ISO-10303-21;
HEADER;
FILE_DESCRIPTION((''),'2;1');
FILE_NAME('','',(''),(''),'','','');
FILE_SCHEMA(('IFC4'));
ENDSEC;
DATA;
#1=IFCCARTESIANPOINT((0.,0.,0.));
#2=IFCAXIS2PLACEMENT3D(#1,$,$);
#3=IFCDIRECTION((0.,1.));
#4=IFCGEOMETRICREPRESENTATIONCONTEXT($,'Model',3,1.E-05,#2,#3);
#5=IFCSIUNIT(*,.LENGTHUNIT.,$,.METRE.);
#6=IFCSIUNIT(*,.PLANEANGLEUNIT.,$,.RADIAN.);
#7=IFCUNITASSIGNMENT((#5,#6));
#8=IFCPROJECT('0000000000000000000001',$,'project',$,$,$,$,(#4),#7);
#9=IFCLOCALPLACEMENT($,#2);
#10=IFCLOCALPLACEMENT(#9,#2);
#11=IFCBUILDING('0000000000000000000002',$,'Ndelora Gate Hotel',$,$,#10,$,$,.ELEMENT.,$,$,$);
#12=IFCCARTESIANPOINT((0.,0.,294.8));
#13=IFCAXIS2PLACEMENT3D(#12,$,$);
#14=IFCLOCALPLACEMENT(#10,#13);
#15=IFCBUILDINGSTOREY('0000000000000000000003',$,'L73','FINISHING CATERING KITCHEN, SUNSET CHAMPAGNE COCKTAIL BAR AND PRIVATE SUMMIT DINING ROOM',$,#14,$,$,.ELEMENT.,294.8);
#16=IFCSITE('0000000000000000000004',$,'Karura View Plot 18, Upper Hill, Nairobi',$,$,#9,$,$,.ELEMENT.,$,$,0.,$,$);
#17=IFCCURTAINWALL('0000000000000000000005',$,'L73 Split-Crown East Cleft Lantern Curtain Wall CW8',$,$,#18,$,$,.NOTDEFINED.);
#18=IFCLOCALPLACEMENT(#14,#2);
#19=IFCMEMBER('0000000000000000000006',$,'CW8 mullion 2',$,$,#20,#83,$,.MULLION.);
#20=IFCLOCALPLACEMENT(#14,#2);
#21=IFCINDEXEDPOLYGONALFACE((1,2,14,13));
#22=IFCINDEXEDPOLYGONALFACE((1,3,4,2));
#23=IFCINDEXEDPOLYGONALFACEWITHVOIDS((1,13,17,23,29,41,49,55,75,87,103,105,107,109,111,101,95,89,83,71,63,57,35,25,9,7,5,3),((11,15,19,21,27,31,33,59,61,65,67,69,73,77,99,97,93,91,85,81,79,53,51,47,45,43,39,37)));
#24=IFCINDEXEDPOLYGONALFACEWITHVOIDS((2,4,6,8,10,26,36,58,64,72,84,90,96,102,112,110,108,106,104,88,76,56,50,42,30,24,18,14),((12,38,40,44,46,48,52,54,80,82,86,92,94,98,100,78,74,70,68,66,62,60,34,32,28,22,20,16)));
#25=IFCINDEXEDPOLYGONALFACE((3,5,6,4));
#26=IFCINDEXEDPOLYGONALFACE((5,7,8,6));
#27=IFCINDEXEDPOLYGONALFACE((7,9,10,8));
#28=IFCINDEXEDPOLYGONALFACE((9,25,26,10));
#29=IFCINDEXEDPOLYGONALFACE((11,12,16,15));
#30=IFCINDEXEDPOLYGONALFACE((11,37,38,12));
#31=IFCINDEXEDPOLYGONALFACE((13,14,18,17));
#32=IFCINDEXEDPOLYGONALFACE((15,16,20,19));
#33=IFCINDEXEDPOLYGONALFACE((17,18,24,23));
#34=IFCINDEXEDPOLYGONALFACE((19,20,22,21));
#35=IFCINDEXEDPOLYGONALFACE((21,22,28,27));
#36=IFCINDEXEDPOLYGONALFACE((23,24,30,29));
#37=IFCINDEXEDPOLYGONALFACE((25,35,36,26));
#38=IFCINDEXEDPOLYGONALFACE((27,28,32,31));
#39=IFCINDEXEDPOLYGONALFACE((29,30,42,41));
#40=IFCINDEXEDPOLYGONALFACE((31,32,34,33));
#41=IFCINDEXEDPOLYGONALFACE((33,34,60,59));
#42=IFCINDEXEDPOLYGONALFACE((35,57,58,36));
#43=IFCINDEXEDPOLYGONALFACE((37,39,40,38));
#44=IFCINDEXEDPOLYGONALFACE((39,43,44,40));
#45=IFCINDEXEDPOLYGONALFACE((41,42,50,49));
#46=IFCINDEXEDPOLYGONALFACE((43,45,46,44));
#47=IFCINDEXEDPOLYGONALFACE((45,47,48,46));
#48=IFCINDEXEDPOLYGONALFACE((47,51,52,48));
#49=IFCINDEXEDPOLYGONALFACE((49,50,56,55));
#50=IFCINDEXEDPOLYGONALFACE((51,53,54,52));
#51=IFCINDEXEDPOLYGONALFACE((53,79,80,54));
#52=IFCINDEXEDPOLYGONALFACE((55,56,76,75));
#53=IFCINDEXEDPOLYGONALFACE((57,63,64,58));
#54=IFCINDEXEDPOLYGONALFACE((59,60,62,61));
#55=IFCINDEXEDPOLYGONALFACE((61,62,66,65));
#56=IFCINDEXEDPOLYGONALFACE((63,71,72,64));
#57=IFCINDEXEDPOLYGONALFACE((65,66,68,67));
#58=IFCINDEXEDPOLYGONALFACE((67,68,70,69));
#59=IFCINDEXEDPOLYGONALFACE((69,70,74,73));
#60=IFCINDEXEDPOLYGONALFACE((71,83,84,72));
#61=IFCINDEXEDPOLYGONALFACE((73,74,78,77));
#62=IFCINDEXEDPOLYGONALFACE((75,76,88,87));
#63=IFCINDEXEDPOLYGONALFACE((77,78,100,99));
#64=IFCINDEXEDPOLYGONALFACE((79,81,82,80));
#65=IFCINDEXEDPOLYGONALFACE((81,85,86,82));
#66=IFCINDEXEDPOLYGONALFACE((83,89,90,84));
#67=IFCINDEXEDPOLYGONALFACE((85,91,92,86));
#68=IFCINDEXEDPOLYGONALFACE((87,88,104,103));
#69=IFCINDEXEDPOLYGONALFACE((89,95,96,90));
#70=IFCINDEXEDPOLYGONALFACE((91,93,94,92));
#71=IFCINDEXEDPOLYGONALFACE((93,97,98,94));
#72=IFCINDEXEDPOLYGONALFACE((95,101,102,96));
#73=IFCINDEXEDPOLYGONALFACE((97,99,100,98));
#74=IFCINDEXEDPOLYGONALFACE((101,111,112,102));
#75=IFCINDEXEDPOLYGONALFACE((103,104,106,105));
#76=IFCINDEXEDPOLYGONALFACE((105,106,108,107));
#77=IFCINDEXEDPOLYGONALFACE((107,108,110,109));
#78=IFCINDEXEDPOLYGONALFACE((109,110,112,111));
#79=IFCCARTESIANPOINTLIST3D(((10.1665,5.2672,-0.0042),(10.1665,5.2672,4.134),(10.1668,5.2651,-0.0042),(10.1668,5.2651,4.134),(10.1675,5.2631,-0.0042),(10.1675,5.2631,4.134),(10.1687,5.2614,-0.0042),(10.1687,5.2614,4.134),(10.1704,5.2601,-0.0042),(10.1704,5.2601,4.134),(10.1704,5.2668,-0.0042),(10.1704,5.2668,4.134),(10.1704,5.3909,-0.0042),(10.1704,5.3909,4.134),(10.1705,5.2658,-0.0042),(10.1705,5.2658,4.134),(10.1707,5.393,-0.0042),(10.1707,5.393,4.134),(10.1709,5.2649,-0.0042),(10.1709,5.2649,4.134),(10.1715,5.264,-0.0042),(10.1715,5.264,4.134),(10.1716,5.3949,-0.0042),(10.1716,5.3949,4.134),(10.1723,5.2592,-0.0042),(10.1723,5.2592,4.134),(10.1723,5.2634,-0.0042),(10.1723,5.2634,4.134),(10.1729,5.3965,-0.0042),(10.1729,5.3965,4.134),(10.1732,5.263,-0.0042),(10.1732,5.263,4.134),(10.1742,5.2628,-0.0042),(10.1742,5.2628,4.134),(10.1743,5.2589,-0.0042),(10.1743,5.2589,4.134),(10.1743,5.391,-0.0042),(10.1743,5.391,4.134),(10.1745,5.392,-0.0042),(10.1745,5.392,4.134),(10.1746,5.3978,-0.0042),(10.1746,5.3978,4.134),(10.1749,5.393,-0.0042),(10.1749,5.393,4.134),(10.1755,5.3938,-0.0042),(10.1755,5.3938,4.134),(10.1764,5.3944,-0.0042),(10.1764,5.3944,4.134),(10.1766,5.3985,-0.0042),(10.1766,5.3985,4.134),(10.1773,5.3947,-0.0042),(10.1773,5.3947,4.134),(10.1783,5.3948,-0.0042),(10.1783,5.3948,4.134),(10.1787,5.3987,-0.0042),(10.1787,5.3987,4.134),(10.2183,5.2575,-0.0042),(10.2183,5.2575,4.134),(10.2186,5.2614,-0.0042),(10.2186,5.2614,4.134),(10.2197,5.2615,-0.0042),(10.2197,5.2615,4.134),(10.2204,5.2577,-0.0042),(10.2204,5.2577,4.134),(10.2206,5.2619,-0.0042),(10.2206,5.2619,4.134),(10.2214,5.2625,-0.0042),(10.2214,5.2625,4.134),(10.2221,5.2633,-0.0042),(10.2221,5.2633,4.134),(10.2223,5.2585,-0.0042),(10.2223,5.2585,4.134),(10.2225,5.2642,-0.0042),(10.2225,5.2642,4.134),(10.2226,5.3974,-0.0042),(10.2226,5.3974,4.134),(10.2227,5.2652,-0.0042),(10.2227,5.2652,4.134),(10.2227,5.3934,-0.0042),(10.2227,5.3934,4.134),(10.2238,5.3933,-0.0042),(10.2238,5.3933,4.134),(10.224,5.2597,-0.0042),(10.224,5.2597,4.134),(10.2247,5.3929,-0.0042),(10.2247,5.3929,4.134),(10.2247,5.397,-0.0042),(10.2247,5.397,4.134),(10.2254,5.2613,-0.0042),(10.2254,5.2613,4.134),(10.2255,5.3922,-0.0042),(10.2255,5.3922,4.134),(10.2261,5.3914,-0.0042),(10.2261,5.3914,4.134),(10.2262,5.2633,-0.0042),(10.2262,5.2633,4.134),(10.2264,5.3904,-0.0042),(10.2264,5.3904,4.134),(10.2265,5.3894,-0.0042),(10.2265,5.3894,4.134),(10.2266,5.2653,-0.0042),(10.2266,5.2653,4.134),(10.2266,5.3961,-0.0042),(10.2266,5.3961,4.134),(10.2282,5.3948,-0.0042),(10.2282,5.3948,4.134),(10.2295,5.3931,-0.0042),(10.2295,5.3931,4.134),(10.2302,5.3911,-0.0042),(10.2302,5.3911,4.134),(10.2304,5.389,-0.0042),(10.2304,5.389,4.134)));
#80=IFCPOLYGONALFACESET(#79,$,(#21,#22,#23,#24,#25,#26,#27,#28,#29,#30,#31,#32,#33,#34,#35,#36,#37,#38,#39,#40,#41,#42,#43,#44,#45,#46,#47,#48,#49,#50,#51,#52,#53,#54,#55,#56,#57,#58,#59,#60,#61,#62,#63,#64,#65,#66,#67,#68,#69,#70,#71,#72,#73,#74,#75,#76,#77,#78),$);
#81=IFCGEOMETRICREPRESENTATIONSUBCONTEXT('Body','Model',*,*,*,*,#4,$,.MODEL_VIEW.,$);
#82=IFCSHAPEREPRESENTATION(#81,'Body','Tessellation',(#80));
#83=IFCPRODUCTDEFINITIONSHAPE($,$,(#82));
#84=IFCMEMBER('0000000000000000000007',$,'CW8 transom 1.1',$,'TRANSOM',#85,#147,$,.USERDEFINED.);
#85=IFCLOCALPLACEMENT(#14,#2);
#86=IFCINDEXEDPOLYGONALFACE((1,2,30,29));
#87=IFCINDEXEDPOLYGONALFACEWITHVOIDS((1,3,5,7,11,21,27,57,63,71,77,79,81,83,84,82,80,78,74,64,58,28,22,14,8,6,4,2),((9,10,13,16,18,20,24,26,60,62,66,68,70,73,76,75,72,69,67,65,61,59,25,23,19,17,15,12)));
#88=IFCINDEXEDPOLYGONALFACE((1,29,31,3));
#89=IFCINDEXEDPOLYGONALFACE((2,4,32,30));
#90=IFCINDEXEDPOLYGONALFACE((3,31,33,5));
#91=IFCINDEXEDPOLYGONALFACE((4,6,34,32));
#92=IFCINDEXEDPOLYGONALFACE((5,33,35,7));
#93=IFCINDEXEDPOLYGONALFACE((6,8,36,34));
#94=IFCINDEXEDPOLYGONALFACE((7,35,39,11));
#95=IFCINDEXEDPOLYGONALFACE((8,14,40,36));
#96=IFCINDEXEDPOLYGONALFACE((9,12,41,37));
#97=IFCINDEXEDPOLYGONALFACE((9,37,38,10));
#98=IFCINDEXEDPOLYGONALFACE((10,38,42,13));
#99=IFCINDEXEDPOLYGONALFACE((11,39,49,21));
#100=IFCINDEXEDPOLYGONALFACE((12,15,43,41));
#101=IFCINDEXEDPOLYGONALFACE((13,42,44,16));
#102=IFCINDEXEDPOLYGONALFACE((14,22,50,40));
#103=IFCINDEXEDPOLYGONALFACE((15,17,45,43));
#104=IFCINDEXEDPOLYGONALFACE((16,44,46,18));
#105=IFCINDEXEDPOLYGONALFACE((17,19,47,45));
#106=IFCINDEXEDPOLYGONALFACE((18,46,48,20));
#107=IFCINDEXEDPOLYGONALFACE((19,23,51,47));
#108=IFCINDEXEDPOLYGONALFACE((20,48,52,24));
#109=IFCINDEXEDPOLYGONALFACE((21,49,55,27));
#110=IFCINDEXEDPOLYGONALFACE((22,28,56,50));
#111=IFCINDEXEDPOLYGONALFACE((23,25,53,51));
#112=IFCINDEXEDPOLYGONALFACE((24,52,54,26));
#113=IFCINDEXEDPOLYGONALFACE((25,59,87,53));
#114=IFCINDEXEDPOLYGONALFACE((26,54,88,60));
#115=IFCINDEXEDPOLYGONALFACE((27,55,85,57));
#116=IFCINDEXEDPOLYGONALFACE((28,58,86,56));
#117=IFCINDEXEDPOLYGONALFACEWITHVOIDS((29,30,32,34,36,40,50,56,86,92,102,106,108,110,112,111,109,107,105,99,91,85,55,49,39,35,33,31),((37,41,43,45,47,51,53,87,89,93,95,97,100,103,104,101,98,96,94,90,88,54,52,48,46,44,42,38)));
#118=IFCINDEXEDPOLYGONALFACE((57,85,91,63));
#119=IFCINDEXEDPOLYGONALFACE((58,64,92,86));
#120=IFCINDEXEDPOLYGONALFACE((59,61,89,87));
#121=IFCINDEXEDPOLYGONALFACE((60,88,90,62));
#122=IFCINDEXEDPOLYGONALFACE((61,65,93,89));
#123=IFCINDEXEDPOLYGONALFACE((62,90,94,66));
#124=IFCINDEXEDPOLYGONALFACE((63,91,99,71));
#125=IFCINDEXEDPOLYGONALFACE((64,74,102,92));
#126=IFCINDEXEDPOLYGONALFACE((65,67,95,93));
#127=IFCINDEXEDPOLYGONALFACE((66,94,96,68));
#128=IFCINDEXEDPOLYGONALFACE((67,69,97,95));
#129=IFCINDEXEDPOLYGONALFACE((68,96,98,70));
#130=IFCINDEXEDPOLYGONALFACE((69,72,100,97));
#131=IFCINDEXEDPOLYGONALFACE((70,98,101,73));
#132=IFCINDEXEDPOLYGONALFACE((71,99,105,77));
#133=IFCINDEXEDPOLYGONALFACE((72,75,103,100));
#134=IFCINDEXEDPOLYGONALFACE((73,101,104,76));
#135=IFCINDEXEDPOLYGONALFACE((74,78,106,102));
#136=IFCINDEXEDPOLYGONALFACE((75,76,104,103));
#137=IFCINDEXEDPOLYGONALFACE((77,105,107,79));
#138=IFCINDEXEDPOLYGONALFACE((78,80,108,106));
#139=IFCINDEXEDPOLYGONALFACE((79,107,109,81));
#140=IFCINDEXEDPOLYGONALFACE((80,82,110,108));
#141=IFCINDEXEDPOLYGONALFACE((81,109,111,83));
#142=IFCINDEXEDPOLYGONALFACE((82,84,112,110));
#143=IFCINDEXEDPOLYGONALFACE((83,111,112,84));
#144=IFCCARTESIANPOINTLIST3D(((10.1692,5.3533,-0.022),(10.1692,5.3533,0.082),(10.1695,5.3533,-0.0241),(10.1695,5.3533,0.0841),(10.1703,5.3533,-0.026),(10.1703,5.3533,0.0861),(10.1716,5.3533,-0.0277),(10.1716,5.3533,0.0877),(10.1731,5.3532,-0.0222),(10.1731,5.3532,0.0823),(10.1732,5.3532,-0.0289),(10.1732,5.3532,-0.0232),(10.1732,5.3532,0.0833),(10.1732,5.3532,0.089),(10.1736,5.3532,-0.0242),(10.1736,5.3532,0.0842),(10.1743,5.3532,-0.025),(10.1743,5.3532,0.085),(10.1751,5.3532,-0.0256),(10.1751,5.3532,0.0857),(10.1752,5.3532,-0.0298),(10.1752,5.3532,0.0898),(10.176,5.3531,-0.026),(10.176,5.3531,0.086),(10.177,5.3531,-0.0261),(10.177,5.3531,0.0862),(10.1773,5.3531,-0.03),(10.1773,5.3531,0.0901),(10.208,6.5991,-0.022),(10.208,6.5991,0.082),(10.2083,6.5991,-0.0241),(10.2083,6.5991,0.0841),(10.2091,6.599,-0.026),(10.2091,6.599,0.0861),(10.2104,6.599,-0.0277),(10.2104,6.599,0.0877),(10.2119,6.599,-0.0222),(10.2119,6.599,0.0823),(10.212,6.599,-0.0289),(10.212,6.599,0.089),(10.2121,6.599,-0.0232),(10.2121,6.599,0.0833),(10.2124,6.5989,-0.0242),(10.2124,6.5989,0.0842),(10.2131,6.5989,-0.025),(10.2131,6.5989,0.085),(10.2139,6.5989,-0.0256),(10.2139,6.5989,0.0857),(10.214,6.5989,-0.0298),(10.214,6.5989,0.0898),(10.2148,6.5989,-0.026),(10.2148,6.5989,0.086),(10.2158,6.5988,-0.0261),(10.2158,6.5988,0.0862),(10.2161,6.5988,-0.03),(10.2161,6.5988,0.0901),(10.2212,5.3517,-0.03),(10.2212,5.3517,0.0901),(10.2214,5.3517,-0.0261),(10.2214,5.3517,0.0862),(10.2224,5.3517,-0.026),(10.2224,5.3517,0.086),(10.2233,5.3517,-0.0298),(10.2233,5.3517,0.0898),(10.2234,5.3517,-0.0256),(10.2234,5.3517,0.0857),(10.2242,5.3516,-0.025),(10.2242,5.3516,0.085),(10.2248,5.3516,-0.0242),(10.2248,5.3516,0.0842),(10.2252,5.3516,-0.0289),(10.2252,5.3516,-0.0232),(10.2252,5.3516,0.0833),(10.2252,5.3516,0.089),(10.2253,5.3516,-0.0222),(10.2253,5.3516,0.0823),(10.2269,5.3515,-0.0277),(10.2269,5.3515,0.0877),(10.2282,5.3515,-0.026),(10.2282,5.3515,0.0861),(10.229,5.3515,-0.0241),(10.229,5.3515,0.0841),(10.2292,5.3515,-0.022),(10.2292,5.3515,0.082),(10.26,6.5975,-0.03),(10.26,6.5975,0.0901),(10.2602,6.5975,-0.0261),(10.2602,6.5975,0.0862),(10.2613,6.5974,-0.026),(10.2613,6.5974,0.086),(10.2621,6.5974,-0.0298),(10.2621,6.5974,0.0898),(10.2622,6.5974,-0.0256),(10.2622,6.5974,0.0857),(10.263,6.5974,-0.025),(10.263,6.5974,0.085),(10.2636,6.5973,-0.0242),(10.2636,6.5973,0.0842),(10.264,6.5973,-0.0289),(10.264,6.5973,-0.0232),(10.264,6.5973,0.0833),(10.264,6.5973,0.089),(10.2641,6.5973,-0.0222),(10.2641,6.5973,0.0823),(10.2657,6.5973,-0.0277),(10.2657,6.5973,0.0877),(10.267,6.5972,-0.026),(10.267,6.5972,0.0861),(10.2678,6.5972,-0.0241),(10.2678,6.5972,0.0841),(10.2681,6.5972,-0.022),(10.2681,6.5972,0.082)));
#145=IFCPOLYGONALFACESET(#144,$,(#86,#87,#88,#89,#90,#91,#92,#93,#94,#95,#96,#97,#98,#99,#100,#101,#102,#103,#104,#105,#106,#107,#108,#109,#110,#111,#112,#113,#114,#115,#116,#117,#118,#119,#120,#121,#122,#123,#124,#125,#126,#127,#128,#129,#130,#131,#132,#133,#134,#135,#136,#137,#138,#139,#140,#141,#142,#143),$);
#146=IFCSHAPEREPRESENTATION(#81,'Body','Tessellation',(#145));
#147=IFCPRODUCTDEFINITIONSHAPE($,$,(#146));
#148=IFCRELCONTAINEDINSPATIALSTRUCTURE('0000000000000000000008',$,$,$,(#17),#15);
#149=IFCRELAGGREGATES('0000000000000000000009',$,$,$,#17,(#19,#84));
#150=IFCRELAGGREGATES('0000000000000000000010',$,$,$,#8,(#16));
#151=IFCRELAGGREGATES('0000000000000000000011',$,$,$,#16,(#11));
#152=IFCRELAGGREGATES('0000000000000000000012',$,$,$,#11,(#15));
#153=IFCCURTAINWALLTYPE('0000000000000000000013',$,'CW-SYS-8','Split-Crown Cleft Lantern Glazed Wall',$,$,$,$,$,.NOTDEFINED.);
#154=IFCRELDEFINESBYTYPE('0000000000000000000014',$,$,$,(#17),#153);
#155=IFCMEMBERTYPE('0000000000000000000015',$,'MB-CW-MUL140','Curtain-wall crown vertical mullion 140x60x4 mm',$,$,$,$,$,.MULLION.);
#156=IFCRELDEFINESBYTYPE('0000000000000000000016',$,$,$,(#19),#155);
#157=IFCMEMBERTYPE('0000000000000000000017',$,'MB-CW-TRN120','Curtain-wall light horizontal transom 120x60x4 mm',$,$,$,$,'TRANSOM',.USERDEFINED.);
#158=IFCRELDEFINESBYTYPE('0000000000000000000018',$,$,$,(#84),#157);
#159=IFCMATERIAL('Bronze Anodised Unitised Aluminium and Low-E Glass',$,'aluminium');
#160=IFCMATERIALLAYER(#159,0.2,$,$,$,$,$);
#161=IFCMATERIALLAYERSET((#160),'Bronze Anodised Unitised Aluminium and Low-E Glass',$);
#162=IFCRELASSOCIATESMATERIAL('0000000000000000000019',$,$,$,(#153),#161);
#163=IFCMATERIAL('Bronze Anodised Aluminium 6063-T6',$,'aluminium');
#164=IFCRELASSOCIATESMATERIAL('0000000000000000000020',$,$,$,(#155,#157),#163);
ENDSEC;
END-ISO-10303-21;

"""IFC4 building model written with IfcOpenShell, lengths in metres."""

from ifc_helpers import new_model, si_unit, direction, frame, origin, origin_2d, place, context, subcontext, project, spatial, hollow_rectangle, extrude, material, layer, layer_set, material_profile, profile_set, type_object, element, aggregate, save


model = new_model("IFC4")

# Units and contexts
model_context = context("Model", 3, precision=1e-05, world=origin(), true_north=direction((0.0, 1.0)))
body_context = subcontext(model_context, "Body", "Model", "MODEL_VIEW")
ifc_project = project(units=[si_unit("LENGTHUNIT", "METRE"), si_unit("PLANEANGLEUNIT", "RADIAN")], contexts=[model_context])

# Site, building, storey
site_placement = place(None, origin())
site = spatial("IfcSite", under=ifc_project, at=site_placement, Name="Karura View Plot 18, Upper Hill, Nairobi", CompositionType="ELEMENT", RefElevation=0.0)
building_placement = place(site_placement, origin())
building = spatial("IfcBuilding", under=site, at=building_placement, Name="Ndelora Gate Hotel", CompositionType="ELEMENT")
storey_placement = place(building_placement, frame((0.0, 0.0, 294.8)))
storey = spatial("IfcBuildingStorey", under=building, at=storey_placement, Name="L73", Description="FINISHING CATERING KITCHEN, SUNSET CHAMPAGNE COCKTAIL BAR AND PRIVATE SUMMIT DINING ROOM", CompositionType="ELEMENT", Elevation=294.8)

# Shared definitions
ifc_material_1 = material(Name="Bronze Anodised Unitised Aluminium and Low-E Glass", Category="aluminium")
ifc_layer_1 = layer(ifc_material_1, 0.2)
ifc_layer_set_1 = layer_set([ifc_layer_1], Name="Bronze Anodised Unitised Aluminium and Low-E Glass")
curtain_wall_type = type_object("IfcCurtainWallType", Name="CW-SYS-8", Description="Split-Crown Cleft Lantern Glazed Wall", PredefinedType="NOTDEFINED", material=ifc_layer_set_1)
ifc_material_2 = material(Name="Bronze Anodised Aluminium 6063-T6", Category="aluminium")
ifc_material_profile_1 = material_profile(ifc_material_2, hollow_rectangle(XDim=0.0601, YDim=0.1399, WallThickness=0.0039, InnerFilletRadius=0.0039, OuterFilletRadius=0.0081, at=origin_2d()), Name="ALU 140x60x4")
ifc_profile_set_1 = profile_set([ifc_material_profile_1], Name="Bronze Anodised Aluminium 6063-T6")
member_type_1 = type_object("IfcMemberType", Name="MB-CW-MUL140", Description="Curtain-wall crown vertical mullion 140x60x4 mm", PredefinedType="MULLION", material=ifc_profile_set_1)

# Curtain wall, members
curtain_wall_1_placement = place(storey_placement, origin())
curtain_wall_1 = element("IfcCurtainWall", 1, at=curtain_wall_1_placement, inside=storey, type_object=curtain_wall_type, Name="L73 Split-Crown East Cleft Lantern Curtain Wall CW8", PredefinedType="NOTDEFINED")
member_1_placement = place(storey_placement, frame((10.1985, 5.3281, -0.0042), z_axis=(0.0, 0.0, 1.0), x_axis=(0.999515, -0.031131, 0.0)))
member_1 = element("IfcMember", 2, at=member_1_placement, type_object=member_type_1, Name="CW8 mullion 2", PredefinedType="MULLION", context=body_context, shape_type="SweptSolid", body=[
    extrude(hollow_rectangle(XDim=0.0601, YDim=0.1399, WallThickness=0.0039, InnerFilletRadius=0.0039, OuterFilletRadius=0.0081, at=origin_2d()), origin(), (0.0, 0.0, 1.0), 4.1382),
])
ifc_material_profile_2 = material_profile(ifc_material_2, hollow_rectangle(XDim=0.0601, YDim=0.1201, WallThickness=0.0039, InnerFilletRadius=0.0039, OuterFilletRadius=0.0081, at=origin_2d()), Name="ALU 120x60x4")
ifc_profile_set_2 = profile_set([ifc_material_profile_2], Name="Bronze Anodised Aluminium 6063-T6")
member_type_2 = type_object("IfcMemberType", Name="MB-CW-TRN120", Description="Curtain-wall light horizontal transom 120x60x4 mm", ElementType="TRANSOM", PredefinedType="USERDEFINED", material=ifc_profile_set_2)
member_2_placement = place(storey_placement, frame((10.238, 6.5981, 0.03), z_axis=(-0.031143, -0.999515, 0.0), x_axis=(0.999515, -0.031143, 0.0)))
member_2 = element("IfcMember", 3, at=member_2_placement, type_object=member_type_2, Name="CW8 transom 1.1", ObjectType="TRANSOM", PredefinedType="USERDEFINED", context=body_context, shape_type="SweptSolid", body=[
    extrude(hollow_rectangle(XDim=0.0601, YDim=0.1201, WallThickness=0.0039, InnerFilletRadius=0.0039, OuterFilletRadius=0.0081, at=origin_2d()), origin(), (0.0, 0.0, 1.0), 1.2463),
])
aggregate(curtain_wall_1, [member_1, member_2])

save(model, "model.ifc")
